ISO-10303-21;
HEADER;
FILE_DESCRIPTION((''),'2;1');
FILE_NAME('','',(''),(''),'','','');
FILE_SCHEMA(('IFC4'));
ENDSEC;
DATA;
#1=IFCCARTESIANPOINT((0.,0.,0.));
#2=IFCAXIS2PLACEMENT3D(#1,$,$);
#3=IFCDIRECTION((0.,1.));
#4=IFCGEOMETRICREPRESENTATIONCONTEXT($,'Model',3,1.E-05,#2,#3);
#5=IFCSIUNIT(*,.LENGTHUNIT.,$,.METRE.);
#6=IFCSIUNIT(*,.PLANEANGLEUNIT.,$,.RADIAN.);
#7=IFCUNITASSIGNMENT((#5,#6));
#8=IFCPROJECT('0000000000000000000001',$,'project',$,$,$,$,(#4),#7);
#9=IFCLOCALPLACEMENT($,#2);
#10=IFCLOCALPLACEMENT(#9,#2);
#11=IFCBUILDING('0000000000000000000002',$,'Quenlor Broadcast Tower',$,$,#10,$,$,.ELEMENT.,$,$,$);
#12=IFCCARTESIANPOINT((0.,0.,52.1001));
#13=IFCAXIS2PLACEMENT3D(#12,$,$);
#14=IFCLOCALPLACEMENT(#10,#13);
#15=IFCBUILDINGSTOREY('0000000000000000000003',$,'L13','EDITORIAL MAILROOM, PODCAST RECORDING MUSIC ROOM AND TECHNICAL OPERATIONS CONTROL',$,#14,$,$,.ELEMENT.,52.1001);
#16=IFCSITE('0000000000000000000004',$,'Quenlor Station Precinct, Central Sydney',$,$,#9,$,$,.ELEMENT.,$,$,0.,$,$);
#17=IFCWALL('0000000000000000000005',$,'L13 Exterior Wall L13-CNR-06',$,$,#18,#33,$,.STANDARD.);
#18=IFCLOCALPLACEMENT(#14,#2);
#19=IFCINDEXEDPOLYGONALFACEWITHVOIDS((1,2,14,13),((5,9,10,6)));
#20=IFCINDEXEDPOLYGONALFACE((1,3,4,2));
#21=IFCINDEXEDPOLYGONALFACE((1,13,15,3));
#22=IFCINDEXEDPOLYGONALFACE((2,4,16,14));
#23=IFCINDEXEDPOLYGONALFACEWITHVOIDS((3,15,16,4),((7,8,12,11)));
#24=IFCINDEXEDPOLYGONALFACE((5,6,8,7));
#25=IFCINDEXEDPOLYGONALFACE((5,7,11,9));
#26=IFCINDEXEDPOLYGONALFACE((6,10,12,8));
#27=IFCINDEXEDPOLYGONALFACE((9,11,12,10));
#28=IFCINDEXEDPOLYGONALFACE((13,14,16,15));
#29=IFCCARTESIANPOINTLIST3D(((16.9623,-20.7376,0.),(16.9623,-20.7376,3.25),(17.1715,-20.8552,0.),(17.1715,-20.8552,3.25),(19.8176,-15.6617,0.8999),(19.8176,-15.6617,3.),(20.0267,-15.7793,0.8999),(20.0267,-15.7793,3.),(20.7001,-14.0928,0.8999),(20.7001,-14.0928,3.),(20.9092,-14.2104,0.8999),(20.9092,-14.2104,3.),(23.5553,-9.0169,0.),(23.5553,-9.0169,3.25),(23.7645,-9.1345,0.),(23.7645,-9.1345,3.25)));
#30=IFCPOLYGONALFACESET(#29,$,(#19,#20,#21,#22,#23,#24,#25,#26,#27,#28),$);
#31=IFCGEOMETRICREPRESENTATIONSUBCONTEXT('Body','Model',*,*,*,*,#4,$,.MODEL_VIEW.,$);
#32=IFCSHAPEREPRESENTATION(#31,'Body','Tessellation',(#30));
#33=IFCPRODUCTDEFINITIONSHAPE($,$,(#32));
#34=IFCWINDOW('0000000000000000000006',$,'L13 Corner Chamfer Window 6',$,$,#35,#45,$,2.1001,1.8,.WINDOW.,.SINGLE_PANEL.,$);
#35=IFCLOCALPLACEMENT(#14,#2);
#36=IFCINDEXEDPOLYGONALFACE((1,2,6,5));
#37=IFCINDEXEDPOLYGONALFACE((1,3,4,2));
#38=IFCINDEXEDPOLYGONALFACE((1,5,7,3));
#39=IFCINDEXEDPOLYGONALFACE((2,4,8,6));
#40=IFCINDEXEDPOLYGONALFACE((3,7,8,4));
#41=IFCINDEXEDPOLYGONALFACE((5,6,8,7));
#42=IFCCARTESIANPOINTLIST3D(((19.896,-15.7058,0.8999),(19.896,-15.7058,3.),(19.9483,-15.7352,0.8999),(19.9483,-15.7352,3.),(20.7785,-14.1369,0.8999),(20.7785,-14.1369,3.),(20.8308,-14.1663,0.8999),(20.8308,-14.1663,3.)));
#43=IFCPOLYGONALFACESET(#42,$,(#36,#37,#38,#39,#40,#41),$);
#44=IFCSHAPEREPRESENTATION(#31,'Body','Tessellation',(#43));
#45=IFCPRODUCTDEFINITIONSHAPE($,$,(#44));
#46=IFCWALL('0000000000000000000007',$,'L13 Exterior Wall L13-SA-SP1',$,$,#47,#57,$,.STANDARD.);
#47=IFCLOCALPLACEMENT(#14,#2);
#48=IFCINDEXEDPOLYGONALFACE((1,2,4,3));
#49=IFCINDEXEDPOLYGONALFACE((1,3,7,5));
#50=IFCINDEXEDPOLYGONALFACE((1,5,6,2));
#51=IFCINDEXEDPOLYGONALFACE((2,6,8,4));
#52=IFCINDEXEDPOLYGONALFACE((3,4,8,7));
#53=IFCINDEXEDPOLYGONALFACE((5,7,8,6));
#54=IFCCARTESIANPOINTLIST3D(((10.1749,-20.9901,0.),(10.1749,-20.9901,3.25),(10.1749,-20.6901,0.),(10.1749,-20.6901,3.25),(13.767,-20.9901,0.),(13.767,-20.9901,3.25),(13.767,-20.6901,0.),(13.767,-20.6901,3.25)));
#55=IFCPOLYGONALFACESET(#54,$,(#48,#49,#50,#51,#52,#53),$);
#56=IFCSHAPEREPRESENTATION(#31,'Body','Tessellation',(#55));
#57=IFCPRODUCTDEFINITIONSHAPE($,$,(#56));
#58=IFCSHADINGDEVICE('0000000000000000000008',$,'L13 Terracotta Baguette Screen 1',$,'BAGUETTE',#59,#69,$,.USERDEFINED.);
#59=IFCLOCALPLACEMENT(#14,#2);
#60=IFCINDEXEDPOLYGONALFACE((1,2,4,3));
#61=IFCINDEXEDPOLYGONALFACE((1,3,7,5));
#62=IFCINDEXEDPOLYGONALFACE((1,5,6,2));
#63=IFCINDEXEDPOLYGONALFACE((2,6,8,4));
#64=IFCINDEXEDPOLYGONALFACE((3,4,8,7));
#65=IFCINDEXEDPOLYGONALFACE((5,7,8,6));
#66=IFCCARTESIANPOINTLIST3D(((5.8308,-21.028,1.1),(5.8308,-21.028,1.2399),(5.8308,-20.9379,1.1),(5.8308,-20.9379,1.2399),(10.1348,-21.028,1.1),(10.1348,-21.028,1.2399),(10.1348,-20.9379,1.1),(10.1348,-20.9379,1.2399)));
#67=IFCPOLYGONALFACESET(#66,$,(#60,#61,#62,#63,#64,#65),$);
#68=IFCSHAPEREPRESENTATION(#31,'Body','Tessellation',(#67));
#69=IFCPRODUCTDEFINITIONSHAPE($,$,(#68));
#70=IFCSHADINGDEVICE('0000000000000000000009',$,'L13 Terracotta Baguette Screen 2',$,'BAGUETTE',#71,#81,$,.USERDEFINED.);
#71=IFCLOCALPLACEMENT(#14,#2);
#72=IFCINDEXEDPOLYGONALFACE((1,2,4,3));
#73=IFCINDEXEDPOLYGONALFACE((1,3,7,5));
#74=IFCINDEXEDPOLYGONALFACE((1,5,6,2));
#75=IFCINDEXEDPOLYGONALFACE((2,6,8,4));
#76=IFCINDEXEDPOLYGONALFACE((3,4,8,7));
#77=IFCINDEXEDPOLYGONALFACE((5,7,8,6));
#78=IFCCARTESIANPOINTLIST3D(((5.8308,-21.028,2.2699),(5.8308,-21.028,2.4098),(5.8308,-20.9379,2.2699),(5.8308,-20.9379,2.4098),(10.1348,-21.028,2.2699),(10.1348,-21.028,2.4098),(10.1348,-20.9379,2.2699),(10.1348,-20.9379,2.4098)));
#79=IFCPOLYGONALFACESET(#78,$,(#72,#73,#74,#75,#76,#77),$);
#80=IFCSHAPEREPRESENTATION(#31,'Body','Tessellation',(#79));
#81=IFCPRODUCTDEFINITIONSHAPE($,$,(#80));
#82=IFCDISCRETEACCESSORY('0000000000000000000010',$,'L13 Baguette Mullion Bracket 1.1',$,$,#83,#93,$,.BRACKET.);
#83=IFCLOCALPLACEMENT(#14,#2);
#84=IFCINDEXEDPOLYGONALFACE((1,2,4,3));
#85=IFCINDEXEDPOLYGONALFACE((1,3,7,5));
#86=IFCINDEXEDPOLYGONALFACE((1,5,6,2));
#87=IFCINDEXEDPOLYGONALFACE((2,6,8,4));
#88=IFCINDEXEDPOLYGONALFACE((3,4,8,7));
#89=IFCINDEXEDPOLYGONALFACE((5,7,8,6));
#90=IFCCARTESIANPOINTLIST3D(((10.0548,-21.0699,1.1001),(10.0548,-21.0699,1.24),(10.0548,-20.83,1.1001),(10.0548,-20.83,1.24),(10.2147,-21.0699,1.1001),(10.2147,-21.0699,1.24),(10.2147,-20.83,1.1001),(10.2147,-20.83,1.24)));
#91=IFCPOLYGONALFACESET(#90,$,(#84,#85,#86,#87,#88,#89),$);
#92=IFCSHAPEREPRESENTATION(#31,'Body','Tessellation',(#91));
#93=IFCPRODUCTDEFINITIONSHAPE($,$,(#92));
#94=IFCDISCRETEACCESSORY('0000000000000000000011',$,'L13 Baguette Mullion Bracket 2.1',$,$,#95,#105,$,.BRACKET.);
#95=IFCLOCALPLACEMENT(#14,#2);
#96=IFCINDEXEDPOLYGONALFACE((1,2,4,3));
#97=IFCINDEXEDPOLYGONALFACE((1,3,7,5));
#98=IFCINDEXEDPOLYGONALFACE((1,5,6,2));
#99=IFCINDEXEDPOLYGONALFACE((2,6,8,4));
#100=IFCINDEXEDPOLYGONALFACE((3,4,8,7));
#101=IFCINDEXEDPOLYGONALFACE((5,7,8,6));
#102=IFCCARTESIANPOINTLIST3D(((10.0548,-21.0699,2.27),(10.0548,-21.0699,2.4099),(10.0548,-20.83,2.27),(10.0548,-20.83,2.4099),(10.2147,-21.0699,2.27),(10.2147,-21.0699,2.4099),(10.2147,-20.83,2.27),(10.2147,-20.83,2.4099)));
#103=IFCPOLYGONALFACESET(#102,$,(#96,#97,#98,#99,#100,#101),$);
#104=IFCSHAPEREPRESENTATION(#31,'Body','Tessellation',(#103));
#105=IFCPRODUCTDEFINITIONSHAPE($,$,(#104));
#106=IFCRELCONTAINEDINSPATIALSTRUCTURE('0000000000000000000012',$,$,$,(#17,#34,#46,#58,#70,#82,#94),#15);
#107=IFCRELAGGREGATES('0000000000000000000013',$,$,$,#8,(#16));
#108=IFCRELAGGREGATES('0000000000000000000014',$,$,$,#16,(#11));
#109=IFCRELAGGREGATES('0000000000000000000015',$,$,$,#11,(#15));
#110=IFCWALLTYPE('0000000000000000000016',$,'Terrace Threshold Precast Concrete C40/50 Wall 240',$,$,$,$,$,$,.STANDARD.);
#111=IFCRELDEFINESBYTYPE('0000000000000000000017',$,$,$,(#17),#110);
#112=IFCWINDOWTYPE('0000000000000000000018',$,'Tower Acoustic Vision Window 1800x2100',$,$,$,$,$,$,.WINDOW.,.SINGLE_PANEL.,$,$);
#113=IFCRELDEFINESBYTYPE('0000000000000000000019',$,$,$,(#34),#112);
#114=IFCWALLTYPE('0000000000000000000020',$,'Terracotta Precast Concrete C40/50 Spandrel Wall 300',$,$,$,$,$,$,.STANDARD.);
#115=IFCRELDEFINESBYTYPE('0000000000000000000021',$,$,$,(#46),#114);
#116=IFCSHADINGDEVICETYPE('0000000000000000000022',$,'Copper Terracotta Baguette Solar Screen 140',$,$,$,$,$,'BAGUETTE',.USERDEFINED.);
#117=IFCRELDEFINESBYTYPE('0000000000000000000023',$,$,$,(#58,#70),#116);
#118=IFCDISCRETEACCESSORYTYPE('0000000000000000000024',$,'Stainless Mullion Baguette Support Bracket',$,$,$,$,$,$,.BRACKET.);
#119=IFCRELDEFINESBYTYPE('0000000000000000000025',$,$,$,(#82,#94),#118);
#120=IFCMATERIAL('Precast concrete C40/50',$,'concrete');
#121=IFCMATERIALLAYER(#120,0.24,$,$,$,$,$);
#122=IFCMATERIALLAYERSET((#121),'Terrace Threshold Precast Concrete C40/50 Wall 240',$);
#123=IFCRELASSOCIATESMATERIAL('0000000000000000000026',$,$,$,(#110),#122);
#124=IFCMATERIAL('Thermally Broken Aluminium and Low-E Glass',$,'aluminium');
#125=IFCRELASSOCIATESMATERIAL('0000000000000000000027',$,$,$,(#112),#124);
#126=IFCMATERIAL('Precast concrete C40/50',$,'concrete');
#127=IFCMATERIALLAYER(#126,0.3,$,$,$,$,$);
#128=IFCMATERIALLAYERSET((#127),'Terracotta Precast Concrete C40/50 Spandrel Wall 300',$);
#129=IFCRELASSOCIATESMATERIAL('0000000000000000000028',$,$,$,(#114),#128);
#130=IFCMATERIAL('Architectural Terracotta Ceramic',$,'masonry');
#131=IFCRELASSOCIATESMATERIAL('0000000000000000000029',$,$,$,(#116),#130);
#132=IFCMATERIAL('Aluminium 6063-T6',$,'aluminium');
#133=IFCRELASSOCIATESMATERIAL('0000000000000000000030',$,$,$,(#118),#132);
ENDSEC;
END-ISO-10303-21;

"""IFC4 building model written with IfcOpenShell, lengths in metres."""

from ifc_helpers import new_model, si_unit, direction, frame, frame_2d, origin, origin_2d, place, context, subcontext, project, spatial, rectangle, extrude, material, layer, layer_set, material_profile, profile_set, type_object, element, fill, save


model = new_model("IFC4")

# Units and contexts
model_context = context("Model", 3, precision=1e-05, world=origin(), true_north=direction((0.0, 1.0)))
body_context = subcontext(model_context, "Body", "Model", "MODEL_VIEW")
ifc_project = project(units=[si_unit("LENGTHUNIT", "METRE"), si_unit("PLANEANGLEUNIT", "RADIAN")], contexts=[model_context])

# Site, building, storey
site_placement = place(None, origin())
site = spatial("IfcSite", under=ifc_project, at=site_placement, Name="Quenlor Station Precinct, Central Sydney", CompositionType="ELEMENT", RefElevation=0.0)
building_placement = place(site_placement, origin())
building = spatial("IfcBuilding", under=site, at=building_placement, Name="Quenlor Broadcast Tower", CompositionType="ELEMENT")
storey_placement = place(building_placement, frame((0.0, 0.0, 52.1001)))
storey = spatial("IfcBuildingStorey", under=building, at=storey_placement, Name="L13", Description="EDITORIAL MAILROOM, PODCAST RECORDING MUSIC ROOM AND TECHNICAL OPERATIONS CONTROL", CompositionType="ELEMENT", Elevation=52.1001)

# Shared definitions
ifc_material_1 = material(Name="Precast concrete C40/50", Category="concrete")
ifc_layer_1 = layer(ifc_material_1, 0.24)
ifc_layer_set_1 = layer_set([ifc_layer_1], Name="Terrace Threshold Precast Concrete C40/50 Wall 240")
wall_type_1 = type_object("IfcWallType", Name="Terrace Threshold Precast Concrete C40/50 Wall 240", PredefinedType="STANDARD", material=ifc_layer_set_1)

# Wall, opening, window
wall_1_placement = place(storey_placement, frame((17.0669, -20.7964, 0.0), z_axis=(0.0, 0.0, 1.0), x_axis=(0.490268, 0.871572, 0.0)))
wall_1 = element("IfcWall", 1, at=wall_1_placement, inside=storey, type_object=wall_type_1, Name="L13 Exterior Wall L13-CNR-06", PredefinedType="STANDARD", context=body_context, shape_type="SweptSolid", body=[
    extrude(rectangle(XDim=13.4478, YDim=0.24, at=frame_2d((6.7239, 0.0))), origin(), (0.0, 0.0, 1.0), 3.25),
])
opening_placement = place(wall_1_placement, frame((5.824, 0.0, 0.8999)))
opening = element("IfcOpeningElement", 2, at=opening_placement, cuts=wall_1, PredefinedType="OPENING", context=body_context, shape_type="SweptSolid", body=[
    extrude(rectangle(XDim=1.8, YDim=2.1001, at=frame_2d((0.8999, 1.05))), frame((0.0, 0.1299, 0.0), z_axis=(0.0, -1.0, 0.0), x_axis=(1.0, 0.0, 0.0)), (0.0, 0.0, 1.0), 0.26),
])
ifc_material_2 = material(Name="Thermally Broken Aluminium and Low-E Glass", Category="aluminium")
window_type = type_object("IfcWindowType", Name="Tower Acoustic Vision Window 1800x2100", PartitioningType="SINGLE_PANEL", PredefinedType="WINDOW", material=ifc_material_2)
window_placement = place(opening_placement, origin())
window = element("IfcWindow", 3, at=window_placement, inside=storey, type_object=window_type, Name="L13 Corner Chamfer Window 6", OverallHeight=2.1001, OverallWidth=1.8, PartitioningType="SINGLE_PANEL", PredefinedType="WINDOW", context=body_context, shape_type="SweptSolid", body=[
    extrude(rectangle(XDim=1.8, YDim=2.1001, at=frame_2d((0.8999, 1.05))), frame((0.0, 0.03, 0.0), z_axis=(0.0, -1.0, 0.0), x_axis=(1.0, 0.0, 0.0)), (0.0, 0.0, 1.0), 0.0601),
])
fill(opening, window)

# Wall
ifc_material_3 = material(Name="Precast concrete C40/50", Category="concrete")
ifc_layer_2 = layer(ifc_material_3, 0.3)
ifc_layer_set_2 = layer_set([ifc_layer_2], Name="Terracotta Precast Concrete C40/50 Spandrel Wall 300")
wall_type_2 = type_object("IfcWallType", Name="Terracotta Precast Concrete C40/50 Spandrel Wall 300", PredefinedType="STANDARD", material=ifc_layer_set_2)
wall_2_placement = place(storey_placement, frame((13.7668, -20.8401, 0.0), z_axis=(0.0, 0.0, 1.0), x_axis=(-1.0, 0.0, 0.0)))
element("IfcWall", 4, at=wall_2_placement, inside=storey, type_object=wall_type_2, Name="L13 Exterior Wall L13-SA-SP1", PredefinedType="STANDARD", context=body_context, shape_type="SweptSolid", body=[
    extrude(rectangle(XDim=3.592, YDim=0.3, at=frame_2d((1.7959, 0.0))), origin(), (0.0, 0.0, 1.0), 3.25),
])

# Shading devices
ifc_material_4 = material(Name="Architectural Terracotta Ceramic", Category="masonry")
ifc_material_profile_1 = material_profile(ifc_material_4, rectangle(XDim=0.0901, YDim=0.1399, at=origin_2d()))
ifc_profile_set_1 = profile_set([ifc_material_profile_1], Name="Architectural Terracotta Ceramic BAG90x140")
shading_device_type = type_object("IfcShadingDeviceType", Name="Copper Terracotta Baguette Solar Screen 140", ElementType="BAGUETTE", PredefinedType="USERDEFINED", material=ifc_profile_set_1)
for number, where, z_axis, x_axis, name in (
    (5, (10.1348, -20.9829, 1.1699), (-1.0, 0.0, 0.0), (0.0, -1.0, 0.0), "L13 Terracotta Baguette Screen 1"),
    (6, (10.1348, -20.9829, 2.3398), (-1.0, 0.0, 0.0), (0.0, -1.0, 0.0), "L13 Terracotta Baguette Screen 2"),
):
    element("IfcShadingDevice", number, at=place(storey_placement, frame(where, z_axis=z_axis, x_axis=x_axis)), inside=storey, type_object=shading_device_type, Name=name, ObjectType="BAGUETTE", PredefinedType="USERDEFINED", context=body_context, shape_type="SweptSolid", body=[
        extrude(rectangle(XDim=0.0901, YDim=0.1399, at=origin_2d()), origin(), (0.0, 0.0, 1.0), 4.304),
    ])

# Discrete accessories
ifc_material_5 = material(Name="Aluminium 6063-T6", Category="aluminium")
discrete_accessory_type = type_object("IfcDiscreteAccessoryType", Name="Stainless Mullion Baguette Support Bracket", PredefinedType="BRACKET", material=ifc_material_5)
for number, where, z_axis, x_axis, name in (
    (7, (10.1348, -20.95, 1.1001), (0.0, 0.0, 1.0), (-1.0, 0.0, 0.0), "L13 Baguette Mullion Bracket 1.1"),
    (8, (10.1348, -20.95, 2.27), (0.0, 0.0, 1.0), (-1.0, 0.0, 0.0), "L13 Baguette Mullion Bracket 2.1"),
):
    element("IfcDiscreteAccessory", number, at=place(storey_placement, frame(where, z_axis=z_axis, x_axis=x_axis)), inside=storey, type_object=discrete_accessory_type, Name=name, PredefinedType="BRACKET", context=body_context, shape_type="SweptSolid", body=[
        extrude(rectangle(XDim=0.1599, YDim=0.24, at=origin_2d()), origin(), (0.0, 0.0, 1.0), 0.1399),
    ])

save(model, "model.ifc")
